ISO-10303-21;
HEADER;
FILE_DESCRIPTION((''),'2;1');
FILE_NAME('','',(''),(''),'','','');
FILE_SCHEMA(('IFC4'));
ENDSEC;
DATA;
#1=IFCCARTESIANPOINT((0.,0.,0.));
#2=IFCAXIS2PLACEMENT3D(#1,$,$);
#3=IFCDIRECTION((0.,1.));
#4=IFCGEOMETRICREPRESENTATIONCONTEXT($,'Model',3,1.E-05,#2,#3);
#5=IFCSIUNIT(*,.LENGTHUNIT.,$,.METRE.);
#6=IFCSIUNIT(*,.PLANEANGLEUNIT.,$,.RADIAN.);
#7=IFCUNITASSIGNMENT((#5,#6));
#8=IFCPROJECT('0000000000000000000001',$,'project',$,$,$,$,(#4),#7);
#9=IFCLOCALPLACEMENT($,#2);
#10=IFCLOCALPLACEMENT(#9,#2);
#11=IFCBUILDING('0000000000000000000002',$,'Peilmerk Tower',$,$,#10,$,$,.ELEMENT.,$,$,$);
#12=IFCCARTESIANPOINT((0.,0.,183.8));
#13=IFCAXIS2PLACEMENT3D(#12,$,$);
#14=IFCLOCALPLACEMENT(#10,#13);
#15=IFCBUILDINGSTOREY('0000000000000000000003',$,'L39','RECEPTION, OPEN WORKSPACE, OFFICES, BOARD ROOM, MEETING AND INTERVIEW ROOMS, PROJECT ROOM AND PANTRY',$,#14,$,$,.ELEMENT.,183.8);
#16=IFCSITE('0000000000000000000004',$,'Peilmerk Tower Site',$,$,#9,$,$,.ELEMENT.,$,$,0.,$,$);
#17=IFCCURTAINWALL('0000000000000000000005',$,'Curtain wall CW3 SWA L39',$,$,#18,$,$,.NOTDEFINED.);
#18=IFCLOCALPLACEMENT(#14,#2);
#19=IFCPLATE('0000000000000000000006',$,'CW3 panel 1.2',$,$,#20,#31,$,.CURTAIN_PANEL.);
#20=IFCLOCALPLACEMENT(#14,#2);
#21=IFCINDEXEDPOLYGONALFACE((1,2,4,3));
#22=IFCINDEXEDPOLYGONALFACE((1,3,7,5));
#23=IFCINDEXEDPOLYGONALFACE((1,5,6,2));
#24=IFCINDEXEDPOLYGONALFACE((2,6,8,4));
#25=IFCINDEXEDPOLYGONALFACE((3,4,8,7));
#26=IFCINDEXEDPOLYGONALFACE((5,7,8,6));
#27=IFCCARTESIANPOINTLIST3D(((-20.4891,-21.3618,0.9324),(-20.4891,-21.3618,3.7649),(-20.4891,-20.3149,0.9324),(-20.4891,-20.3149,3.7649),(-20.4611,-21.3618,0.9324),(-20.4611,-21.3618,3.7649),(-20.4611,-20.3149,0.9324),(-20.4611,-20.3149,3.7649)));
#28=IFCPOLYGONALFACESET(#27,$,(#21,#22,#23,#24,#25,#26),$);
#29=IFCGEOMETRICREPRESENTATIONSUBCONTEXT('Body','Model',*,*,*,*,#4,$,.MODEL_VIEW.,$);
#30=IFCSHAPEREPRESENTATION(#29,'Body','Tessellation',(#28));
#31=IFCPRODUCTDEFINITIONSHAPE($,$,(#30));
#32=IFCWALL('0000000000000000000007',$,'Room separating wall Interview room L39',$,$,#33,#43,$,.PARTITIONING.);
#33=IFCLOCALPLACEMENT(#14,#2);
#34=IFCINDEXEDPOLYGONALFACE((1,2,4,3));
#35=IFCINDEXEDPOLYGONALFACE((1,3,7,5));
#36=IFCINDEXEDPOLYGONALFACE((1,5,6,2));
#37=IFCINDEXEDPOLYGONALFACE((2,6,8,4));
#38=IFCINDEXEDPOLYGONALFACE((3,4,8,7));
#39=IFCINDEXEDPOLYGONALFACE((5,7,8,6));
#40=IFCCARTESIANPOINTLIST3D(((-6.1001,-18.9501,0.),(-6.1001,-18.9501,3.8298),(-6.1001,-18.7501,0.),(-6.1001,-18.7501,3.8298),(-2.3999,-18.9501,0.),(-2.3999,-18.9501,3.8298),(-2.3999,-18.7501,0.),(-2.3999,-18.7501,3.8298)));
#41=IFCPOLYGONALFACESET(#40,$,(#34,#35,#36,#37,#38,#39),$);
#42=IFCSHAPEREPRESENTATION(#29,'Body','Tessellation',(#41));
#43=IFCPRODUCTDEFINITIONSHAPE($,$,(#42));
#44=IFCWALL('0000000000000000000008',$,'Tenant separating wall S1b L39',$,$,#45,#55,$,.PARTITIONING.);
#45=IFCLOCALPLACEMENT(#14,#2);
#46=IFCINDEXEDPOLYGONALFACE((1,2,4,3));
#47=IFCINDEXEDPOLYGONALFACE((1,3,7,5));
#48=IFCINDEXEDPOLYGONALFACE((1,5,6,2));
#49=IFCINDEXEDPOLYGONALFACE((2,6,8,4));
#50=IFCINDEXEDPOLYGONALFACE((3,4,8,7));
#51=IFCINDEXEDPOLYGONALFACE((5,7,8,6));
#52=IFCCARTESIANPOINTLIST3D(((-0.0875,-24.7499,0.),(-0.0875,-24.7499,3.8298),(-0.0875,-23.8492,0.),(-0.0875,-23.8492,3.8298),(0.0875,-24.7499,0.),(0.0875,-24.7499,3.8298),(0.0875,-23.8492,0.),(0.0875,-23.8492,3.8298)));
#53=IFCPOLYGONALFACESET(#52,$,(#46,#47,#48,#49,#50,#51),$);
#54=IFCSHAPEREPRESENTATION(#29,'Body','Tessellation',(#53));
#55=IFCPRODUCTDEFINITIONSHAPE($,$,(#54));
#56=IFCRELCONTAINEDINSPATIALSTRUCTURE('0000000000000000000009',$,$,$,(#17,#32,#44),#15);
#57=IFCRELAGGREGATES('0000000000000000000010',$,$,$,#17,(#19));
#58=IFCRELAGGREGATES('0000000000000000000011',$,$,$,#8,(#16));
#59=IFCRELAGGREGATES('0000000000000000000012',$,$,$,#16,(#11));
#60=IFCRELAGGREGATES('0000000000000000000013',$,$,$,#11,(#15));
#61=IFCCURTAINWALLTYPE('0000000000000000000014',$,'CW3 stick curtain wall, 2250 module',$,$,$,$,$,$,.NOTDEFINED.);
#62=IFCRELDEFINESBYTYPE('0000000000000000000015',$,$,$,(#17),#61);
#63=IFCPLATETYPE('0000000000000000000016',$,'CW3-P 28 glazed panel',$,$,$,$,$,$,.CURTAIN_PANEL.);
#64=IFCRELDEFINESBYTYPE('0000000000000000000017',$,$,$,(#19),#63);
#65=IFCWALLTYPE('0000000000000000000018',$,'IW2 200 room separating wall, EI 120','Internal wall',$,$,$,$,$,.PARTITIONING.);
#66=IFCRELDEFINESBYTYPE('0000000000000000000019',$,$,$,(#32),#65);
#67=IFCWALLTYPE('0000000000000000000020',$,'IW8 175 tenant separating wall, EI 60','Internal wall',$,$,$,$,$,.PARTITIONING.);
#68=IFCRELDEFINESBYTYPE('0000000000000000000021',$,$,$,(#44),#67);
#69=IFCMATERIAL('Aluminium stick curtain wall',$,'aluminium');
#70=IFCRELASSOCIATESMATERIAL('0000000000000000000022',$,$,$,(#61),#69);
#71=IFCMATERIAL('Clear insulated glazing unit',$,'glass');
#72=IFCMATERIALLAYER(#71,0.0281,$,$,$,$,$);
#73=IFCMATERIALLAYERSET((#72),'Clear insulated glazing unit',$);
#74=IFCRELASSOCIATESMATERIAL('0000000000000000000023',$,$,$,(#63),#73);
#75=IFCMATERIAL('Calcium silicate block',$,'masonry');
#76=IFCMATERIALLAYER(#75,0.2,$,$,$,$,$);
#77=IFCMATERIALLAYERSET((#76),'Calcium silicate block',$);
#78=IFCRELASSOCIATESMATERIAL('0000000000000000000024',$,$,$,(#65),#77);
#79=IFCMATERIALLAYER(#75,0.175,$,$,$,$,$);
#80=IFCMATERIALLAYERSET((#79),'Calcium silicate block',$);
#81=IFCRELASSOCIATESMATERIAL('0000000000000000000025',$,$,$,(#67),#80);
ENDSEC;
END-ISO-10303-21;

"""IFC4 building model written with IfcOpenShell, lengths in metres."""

from ifc_helpers import new_model, si_unit, direction, frame, frame_2d, origin, origin_2d, place, context, subcontext, project, spatial, rectangle, extrude, material, layer, layer_set, type_object, element, aggregate, save


model = new_model("IFC4")

# Units and contexts
model_context = context("Model", 3, precision=1e-05, world=origin(), true_north=direction((0.0, 1.0)))
body_context = subcontext(model_context, "Body", "Model", "MODEL_VIEW")
ifc_project = project(units=[si_unit("LENGTHUNIT", "METRE"), si_unit("PLANEANGLEUNIT", "RADIAN")], contexts=[model_context])

# Site, building, storey
site_placement = place(None, origin())
site = spatial("IfcSite", under=ifc_project, at=site_placement, Name="Peilmerk Tower Site", CompositionType="ELEMENT", RefElevation=0.0)
building_placement = place(site_placement, origin())
building = spatial("IfcBuilding", under=site, at=building_placement, Name="Peilmerk Tower", CompositionType="ELEMENT")
storey_placement = place(building_placement, frame((0.0, 0.0, 183.8)))
storey = spatial("IfcBuildingStorey", under=building, at=storey_placement, Name="L39", Description="RECEPTION, OPEN WORKSPACE, OFFICES, BOARD ROOM, MEETING AND INTERVIEW ROOMS, PROJECT ROOM AND PANTRY", CompositionType="ELEMENT", Elevation=183.8)

# Curtain wall, plate
ifc_material_1 = material(Name="Aluminium stick curtain wall", Category="aluminium")
curtain_wall_type = type_object("IfcCurtainWallType", Name="CW3 stick curtain wall, 2250 module", PredefinedType="NOTDEFINED", material=ifc_material_1)
curtain_wall_placement = place(storey_placement, origin())
curtain_wall = element("IfcCurtainWall", 1, at=curtain_wall_placement, inside=storey, type_object=curtain_wall_type, Name="Curtain wall CW3 SWA L39", PredefinedType="NOTDEFINED")
ifc_material_2 = material(Name="Clear insulated glazing unit", Category="glass")
ifc_layer_1 = layer(ifc_material_2, 0.0281)
ifc_layer_set_1 = layer_set([ifc_layer_1], Name="Clear insulated glazing unit")
plate_type = type_object("IfcPlateType", Name="CW3-P 28 glazed panel", PredefinedType="CURTAIN_PANEL", material=ifc_layer_set_1)
plate_1_placement = place(storey_placement, frame((-20.4751, -20.8384, 0.9324), z_axis=(0.0, 0.0, 1.0), x_axis=(0.0, -1.0, 0.0)))
plate_1 = element("IfcPlate", 2, at=plate_1_placement, type_object=plate_type, Name="CW3 panel 1.2", PredefinedType="CURTAIN_PANEL", context=body_context, shape_type="SweptSolid", body=[
    extrude(rectangle(XDim=1.0469, YDim=0.0281, at=origin_2d()), origin(), (0.0, 0.0, 1.0), 2.8325),
])
aggregate(curtain_wall, [plate_1])

# Walls
ifc_material_3 = material(Name="Calcium silicate block", Category="masonry")
ifc_layer_2 = layer(ifc_material_3, 0.2)
ifc_layer_set_2 = layer_set([ifc_layer_2], Name="Calcium silicate block")
wall_type_1 = type_object("IfcWallType", Name="IW2 200 room separating wall, EI 120", Description="Internal wall", PredefinedType="PARTITIONING", material=ifc_layer_set_2)
wall_1_placement = place(storey_placement, frame((-6.1001, -18.8501, 0.0), z_axis=(0.0, 0.0, 1.0), x_axis=(1.0, 0.0, 0.0)))
element("IfcWall", 3, at=wall_1_placement, inside=storey, type_object=wall_type_1, Name="Room separating wall Interview room L39", PredefinedType="PARTITIONING", context=body_context, shape_type="SweptSolid", body=[
    extrude(rectangle(XDim=3.7002, YDim=0.2, at=frame_2d((1.8501, 0.0))), origin(), (0.0, 0.0, 1.0), 3.8298),
])
ifc_layer_3 = layer(ifc_material_3, 0.175)
ifc_layer_set_3 = layer_set([ifc_layer_3], Name="Calcium silicate block")
wall_type_2 = type_object("IfcWallType", Name="IW8 175 tenant separating wall, EI 60", Description="Internal wall", PredefinedType="PARTITIONING", material=ifc_layer_set_3)
wall_2_placement = place(storey_placement, frame((0.0, -23.8494, 0.0), z_axis=(0.0, 0.0, 1.0), x_axis=(0.0, -1.0, 0.0)))
element("IfcWall", 4, at=wall_2_placement, inside=storey, type_object=wall_type_2, Name="Tenant separating wall S1b L39", PredefinedType="PARTITIONING", context=body_context, shape_type="SweptSolid", body=[
    extrude(rectangle(XDim=0.9006, YDim=0.175, at=frame_2d((0.4502, 0.0))), origin(), (0.0, 0.0, 1.0), 3.8298),
])

save(model, "model.ifc")
